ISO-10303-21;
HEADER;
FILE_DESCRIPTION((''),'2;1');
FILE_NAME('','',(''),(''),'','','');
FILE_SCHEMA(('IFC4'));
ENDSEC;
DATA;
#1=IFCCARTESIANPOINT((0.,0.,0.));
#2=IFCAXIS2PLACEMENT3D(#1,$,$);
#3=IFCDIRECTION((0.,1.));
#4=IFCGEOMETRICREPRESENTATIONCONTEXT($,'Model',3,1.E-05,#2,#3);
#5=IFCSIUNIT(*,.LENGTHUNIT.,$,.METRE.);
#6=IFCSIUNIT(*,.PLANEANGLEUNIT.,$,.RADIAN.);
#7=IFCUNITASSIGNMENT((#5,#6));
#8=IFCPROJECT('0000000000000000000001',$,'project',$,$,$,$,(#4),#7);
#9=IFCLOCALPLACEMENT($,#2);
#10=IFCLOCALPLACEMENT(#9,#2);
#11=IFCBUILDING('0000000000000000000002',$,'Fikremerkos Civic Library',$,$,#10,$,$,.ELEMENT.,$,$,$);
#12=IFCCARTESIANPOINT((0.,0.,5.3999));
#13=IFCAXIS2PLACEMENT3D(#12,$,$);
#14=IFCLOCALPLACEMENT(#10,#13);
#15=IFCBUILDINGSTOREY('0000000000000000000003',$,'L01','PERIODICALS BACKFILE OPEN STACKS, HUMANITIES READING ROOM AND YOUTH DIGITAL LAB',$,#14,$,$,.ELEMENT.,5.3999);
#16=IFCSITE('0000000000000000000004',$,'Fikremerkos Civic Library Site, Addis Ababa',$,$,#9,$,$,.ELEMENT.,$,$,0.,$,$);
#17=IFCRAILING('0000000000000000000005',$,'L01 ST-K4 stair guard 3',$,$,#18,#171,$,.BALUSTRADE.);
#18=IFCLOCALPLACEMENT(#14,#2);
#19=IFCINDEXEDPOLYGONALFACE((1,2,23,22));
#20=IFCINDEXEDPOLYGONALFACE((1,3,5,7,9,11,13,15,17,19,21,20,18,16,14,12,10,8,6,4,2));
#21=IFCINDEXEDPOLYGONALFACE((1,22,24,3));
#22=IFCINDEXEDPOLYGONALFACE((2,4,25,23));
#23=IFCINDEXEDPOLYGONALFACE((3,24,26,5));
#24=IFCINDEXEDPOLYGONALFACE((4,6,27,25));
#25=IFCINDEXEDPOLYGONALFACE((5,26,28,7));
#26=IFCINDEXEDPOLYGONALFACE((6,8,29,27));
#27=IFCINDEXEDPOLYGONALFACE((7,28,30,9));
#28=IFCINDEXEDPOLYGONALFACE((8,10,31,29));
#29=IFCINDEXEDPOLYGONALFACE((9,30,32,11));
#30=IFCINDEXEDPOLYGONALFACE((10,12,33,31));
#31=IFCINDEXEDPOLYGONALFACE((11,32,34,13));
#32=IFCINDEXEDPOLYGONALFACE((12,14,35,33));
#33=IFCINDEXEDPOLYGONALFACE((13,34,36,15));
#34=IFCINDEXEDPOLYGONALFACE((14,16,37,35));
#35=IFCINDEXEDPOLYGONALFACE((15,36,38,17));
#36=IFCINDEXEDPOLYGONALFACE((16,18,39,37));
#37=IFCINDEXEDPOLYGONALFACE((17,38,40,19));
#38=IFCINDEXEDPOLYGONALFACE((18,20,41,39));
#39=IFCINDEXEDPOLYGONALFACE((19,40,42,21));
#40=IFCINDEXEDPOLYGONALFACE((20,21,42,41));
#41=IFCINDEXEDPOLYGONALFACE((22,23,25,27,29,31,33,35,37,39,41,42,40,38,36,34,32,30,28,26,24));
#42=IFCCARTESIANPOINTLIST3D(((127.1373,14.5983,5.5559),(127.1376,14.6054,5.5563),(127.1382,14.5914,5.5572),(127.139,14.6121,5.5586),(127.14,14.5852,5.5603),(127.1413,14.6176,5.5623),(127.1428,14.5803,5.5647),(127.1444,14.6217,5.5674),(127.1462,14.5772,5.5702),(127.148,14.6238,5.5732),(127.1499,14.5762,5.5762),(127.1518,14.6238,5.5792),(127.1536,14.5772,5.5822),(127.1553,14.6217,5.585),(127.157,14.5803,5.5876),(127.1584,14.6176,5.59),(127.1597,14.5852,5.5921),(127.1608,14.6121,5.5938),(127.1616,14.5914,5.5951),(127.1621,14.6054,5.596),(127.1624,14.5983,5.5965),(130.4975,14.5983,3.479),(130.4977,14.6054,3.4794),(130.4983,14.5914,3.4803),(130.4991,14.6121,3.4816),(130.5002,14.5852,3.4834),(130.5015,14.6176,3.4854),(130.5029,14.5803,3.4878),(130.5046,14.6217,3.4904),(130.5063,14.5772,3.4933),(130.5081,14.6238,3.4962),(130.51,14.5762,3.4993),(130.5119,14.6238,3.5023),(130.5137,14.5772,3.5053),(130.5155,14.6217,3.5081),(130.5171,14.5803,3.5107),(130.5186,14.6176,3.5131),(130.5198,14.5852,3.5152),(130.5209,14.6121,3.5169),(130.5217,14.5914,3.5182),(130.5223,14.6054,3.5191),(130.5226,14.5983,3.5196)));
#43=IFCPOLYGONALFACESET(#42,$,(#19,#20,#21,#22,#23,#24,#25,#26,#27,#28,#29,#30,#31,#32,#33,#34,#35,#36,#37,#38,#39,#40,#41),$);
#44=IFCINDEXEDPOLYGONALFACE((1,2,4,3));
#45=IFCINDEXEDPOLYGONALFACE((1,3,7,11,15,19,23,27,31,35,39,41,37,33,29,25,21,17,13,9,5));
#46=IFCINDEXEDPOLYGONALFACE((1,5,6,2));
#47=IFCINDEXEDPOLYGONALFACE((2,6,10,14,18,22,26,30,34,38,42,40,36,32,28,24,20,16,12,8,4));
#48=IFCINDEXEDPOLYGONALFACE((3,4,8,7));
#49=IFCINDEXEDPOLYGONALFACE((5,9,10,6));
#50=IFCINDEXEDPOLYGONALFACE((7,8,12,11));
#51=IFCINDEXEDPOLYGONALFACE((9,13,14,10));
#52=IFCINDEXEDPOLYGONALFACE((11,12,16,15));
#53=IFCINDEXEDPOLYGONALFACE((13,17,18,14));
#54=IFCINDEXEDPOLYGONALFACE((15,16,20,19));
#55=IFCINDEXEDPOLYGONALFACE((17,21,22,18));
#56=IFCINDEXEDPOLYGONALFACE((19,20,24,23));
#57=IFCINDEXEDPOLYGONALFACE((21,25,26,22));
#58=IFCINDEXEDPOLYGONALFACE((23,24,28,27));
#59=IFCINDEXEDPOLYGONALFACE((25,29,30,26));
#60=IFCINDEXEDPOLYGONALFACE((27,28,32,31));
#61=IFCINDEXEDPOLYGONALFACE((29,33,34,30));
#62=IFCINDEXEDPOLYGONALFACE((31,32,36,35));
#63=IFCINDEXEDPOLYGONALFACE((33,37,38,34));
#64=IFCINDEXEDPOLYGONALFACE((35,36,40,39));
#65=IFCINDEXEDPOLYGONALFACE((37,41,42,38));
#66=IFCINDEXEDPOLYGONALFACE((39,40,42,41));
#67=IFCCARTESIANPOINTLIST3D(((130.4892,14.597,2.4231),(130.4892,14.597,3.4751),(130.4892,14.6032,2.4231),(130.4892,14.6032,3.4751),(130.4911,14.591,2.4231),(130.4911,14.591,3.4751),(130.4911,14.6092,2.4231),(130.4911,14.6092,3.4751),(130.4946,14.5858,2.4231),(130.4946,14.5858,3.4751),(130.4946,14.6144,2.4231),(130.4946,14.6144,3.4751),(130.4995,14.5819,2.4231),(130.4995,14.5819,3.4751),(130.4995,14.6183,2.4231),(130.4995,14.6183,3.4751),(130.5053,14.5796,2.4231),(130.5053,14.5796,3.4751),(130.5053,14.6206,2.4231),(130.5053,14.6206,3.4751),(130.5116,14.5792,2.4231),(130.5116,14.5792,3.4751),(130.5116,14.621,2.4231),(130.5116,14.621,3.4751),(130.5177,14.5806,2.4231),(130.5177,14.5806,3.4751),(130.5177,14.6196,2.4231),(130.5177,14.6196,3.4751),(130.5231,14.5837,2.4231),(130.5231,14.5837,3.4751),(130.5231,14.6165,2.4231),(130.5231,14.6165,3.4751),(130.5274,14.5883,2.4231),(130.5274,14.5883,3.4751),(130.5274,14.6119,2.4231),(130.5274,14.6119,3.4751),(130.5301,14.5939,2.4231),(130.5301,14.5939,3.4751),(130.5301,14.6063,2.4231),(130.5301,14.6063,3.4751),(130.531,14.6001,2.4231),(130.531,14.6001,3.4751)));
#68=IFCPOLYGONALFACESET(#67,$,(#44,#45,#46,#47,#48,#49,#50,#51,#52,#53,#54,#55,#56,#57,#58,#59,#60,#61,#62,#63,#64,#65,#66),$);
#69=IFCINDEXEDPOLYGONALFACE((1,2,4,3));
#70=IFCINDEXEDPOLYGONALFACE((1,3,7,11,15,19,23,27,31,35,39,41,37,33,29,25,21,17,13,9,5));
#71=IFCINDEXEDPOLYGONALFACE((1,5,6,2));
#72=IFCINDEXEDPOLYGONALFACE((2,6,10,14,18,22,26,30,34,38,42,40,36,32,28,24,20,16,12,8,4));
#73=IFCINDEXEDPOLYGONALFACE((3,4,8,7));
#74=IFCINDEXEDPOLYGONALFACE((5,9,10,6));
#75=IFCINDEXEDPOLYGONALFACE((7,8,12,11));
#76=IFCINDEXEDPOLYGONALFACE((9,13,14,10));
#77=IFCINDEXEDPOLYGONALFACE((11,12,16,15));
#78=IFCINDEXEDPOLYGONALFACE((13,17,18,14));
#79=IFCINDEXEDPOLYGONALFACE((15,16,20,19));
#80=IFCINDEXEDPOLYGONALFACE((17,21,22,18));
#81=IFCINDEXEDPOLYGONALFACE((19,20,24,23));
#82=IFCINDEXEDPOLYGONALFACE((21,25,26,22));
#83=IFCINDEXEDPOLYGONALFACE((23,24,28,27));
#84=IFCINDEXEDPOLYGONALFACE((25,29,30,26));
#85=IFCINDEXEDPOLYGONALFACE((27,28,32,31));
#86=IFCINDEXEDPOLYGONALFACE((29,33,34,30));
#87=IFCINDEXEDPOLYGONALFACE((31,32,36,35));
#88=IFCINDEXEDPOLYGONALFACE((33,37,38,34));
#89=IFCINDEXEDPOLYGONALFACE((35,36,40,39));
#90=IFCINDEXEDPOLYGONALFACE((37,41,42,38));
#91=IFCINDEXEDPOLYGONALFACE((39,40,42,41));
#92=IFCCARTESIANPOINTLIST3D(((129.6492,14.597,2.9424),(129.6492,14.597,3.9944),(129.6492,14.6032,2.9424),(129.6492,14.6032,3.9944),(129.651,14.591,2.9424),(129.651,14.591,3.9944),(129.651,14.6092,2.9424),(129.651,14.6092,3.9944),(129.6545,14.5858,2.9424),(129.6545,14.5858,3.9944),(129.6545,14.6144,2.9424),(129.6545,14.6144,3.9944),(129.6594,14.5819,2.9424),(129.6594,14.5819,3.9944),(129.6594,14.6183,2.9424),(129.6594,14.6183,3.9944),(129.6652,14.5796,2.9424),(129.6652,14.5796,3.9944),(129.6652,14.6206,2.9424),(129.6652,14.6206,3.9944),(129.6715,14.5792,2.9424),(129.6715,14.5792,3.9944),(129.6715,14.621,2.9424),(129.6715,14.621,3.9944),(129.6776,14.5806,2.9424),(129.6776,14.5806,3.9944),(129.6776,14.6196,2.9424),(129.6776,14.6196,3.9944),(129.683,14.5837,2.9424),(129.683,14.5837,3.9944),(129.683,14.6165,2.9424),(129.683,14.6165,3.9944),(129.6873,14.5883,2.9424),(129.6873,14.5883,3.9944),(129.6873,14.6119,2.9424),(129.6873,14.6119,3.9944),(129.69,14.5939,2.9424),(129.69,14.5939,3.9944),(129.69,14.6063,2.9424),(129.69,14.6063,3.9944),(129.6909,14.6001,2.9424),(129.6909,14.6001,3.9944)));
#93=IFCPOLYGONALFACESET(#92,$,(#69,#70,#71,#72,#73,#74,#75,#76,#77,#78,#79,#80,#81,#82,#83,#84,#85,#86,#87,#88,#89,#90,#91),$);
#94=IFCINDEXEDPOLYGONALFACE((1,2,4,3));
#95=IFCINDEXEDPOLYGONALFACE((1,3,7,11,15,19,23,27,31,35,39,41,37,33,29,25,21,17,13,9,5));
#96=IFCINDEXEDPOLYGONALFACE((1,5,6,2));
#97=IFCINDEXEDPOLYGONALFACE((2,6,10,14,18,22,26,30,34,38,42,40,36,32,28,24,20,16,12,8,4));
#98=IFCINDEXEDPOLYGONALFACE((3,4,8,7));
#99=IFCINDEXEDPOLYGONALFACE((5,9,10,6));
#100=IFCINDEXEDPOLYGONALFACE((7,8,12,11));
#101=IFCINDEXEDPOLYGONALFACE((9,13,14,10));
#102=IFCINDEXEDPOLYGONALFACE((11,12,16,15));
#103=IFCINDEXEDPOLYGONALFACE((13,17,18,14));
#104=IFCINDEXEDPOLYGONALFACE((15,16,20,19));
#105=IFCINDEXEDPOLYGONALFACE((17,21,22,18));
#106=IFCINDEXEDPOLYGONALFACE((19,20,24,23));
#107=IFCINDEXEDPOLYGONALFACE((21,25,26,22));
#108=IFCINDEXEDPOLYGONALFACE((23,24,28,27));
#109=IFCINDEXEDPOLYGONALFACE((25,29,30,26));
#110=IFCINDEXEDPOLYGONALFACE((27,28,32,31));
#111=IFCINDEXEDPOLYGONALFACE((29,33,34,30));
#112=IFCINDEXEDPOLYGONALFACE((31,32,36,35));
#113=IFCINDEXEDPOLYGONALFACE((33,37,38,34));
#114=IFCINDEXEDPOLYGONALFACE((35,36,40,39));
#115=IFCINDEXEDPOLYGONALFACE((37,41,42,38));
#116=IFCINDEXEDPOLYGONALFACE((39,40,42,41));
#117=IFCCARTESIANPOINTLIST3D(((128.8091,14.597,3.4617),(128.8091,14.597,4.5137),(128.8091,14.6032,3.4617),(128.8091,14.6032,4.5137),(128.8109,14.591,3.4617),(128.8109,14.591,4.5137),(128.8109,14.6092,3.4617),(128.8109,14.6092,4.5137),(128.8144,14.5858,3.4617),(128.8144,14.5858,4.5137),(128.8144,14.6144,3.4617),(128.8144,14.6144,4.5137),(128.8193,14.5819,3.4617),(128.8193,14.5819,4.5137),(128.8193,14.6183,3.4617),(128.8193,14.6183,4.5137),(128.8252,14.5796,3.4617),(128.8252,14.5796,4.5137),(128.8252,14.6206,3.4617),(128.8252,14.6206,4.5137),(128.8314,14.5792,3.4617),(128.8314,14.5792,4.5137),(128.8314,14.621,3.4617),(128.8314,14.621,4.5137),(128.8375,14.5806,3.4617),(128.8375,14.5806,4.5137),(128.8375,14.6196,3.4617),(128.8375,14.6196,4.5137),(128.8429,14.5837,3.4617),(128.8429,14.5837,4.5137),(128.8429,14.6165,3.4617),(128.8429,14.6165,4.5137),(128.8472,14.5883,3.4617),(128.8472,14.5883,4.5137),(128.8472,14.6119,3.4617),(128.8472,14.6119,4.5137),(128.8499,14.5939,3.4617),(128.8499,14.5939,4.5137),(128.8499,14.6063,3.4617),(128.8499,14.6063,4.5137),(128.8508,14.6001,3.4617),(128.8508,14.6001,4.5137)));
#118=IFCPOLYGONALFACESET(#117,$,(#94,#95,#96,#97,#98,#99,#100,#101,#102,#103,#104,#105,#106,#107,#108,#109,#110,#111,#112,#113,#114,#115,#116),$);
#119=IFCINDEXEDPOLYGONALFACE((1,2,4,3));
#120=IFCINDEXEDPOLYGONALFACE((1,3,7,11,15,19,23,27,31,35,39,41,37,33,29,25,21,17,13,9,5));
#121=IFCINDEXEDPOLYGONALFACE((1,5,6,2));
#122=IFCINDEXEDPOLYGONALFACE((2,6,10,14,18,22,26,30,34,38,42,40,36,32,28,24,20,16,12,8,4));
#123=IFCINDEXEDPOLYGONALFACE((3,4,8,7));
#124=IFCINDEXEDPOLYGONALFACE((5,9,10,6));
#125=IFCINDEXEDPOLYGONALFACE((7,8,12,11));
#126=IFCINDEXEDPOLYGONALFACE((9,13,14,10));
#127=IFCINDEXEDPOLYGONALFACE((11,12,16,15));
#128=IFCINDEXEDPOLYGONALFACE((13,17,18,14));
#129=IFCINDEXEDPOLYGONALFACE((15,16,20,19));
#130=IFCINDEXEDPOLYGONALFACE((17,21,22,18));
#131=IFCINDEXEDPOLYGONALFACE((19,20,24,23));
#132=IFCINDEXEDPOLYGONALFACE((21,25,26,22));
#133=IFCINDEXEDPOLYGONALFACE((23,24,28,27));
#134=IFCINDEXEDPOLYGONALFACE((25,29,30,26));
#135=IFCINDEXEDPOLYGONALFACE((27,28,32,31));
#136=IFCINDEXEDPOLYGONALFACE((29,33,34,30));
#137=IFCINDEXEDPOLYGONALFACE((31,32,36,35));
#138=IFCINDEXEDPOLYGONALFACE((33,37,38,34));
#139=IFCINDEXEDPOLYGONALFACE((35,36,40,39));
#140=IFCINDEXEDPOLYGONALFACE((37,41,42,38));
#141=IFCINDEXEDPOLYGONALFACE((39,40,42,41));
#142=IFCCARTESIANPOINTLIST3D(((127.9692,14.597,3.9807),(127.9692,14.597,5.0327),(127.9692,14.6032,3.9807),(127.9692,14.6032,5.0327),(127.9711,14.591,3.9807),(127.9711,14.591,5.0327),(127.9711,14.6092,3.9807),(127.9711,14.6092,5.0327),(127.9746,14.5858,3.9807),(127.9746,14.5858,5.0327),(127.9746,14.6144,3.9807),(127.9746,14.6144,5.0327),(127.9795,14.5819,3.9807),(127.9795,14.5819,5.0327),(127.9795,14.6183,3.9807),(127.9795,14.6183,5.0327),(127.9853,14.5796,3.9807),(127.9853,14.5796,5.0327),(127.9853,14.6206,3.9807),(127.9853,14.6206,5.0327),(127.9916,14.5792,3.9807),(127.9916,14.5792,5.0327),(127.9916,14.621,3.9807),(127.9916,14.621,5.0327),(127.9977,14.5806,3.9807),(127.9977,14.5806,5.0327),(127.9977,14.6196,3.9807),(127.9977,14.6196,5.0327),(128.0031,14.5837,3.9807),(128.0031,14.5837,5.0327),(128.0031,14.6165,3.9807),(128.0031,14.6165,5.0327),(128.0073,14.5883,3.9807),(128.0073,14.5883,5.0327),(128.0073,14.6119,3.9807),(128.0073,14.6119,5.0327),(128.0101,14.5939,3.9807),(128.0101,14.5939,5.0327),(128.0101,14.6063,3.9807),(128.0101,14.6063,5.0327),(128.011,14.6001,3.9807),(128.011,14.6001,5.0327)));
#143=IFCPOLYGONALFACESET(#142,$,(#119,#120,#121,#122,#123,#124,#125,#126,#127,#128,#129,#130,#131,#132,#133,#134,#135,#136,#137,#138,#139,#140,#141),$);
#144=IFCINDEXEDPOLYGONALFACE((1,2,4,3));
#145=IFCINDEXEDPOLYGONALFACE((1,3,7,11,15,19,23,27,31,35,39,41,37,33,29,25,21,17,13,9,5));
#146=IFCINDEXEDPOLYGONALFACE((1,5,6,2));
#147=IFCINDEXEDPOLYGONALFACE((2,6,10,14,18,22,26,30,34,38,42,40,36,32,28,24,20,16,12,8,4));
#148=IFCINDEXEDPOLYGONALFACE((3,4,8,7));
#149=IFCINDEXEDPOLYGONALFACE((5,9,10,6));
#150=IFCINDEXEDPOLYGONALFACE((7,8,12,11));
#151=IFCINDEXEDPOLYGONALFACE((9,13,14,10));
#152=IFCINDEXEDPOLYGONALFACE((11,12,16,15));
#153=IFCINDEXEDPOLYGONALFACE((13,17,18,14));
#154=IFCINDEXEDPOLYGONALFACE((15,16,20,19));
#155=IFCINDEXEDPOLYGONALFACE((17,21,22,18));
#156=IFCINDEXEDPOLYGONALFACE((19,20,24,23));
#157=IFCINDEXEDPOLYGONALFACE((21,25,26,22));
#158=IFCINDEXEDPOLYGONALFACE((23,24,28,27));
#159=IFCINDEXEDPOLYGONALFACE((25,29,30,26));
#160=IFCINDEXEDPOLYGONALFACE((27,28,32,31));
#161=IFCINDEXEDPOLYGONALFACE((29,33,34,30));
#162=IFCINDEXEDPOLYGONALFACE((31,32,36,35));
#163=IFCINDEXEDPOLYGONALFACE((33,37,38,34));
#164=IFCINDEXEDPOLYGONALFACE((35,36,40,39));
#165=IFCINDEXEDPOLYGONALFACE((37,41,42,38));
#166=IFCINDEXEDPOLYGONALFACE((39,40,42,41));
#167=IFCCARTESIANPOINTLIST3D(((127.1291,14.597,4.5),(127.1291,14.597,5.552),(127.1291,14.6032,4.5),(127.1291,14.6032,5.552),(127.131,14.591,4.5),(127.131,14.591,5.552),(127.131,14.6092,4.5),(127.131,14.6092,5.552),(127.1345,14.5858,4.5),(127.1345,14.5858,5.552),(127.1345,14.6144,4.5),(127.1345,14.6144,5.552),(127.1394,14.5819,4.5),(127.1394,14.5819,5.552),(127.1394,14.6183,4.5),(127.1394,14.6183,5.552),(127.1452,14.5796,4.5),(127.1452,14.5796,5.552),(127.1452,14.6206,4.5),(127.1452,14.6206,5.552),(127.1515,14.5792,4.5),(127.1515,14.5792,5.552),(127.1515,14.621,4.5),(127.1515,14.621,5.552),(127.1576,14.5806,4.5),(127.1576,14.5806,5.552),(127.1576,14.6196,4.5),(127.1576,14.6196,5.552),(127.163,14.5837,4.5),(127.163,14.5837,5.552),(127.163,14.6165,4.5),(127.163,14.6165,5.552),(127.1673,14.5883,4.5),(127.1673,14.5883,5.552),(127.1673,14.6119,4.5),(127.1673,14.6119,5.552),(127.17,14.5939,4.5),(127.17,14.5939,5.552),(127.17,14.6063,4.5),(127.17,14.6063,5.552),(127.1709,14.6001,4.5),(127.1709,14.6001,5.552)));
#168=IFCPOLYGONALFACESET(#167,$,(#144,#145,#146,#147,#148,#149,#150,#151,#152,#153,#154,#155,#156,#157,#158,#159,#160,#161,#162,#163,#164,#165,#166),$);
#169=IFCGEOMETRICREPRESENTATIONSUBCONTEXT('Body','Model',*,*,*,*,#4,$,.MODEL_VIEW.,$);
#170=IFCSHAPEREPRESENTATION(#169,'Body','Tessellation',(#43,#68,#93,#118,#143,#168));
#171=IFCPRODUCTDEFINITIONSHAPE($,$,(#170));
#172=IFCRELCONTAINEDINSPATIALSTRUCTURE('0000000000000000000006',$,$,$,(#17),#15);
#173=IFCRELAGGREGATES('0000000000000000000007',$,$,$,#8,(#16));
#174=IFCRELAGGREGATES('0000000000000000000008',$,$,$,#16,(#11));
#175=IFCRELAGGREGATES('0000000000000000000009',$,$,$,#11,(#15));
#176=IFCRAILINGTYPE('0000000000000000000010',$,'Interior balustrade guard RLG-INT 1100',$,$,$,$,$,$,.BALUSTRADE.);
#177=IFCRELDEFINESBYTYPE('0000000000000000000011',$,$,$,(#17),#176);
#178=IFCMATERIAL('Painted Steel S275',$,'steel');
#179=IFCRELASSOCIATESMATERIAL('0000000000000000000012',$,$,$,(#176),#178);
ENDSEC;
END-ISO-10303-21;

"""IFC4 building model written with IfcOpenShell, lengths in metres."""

from ifc_helpers import new_model, si_unit, direction, frame, origin, origin_2d, place, context, subcontext, project, spatial, circle, extrude, material, type_object, element, save


model = new_model("IFC4")

# Units and contexts
model_context = context("Model", 3, precision=1e-05, world=origin(), true_north=direction((0.0, 1.0)))
body_context = subcontext(model_context, "Body", "Model", "MODEL_VIEW")
ifc_project = project(units=[si_unit("LENGTHUNIT", "METRE"), si_unit("PLANEANGLEUNIT", "RADIAN")], contexts=[model_context])

# Site, building, storey
site_placement = place(None, origin())
site = spatial("IfcSite", under=ifc_project, at=site_placement, Name="Fikremerkos Civic Library Site, Addis Ababa", CompositionType="ELEMENT", RefElevation=0.0)
building_placement = place(site_placement, origin())
building = spatial("IfcBuilding", under=site, at=building_placement, Name="Fikremerkos Civic Library", CompositionType="ELEMENT")
storey_placement = place(building_placement, frame((0.0, 0.0, 5.3999)))
storey = spatial("IfcBuildingStorey", under=building, at=storey_placement, Name="L01", Description="PERIODICALS BACKFILE OPEN STACKS, HUMANITIES READING ROOM AND YOUTH DIGITAL LAB", CompositionType="ELEMENT", Elevation=5.3999)

# Railing
ifc_material_1 = material(Name="Painted Steel S275", Category="steel")
railing_type_1 = type_object("IfcRailingType", Name="Interior balustrade guard RLG-INT 1100", PredefinedType="BALUSTRADE", material=ifc_material_1)
railing_1_placement = place(storey_placement, frame((130.51, 14.6001, 2.4231)))
element("IfcRailing", 1, at=railing_1_placement, inside=storey, type_object=railing_type_1, Name="L01 ST-K4 stair guard 3", PredefinedType="BALUSTRADE", context=body_context, shape_type="SweptSolid", body=[
    extrude(circle(Radius=0.0239, at=origin_2d()), frame((0.0, 0.0, 1.0762), z_axis=(-0.850623, 0.0, 0.525776), x_axis=(0.0, -1.0, 0.0)), (0.0, 0.0, 1.0), 3.9502),
    extrude(circle(Radius=0.021, at=origin_2d()), origin(), (0.0, 0.0, 1.0), 1.052),
    extrude(circle(Radius=0.021, at=origin_2d()), frame((-0.8401, 0.0, 0.5193)), (0.0, 0.0, 1.0), 1.052),
    extrude(circle(Radius=0.021, at=origin_2d()), frame((-1.6802, 0.0, 1.0386)), (0.0, 0.0, 1.0), 1.052),
    extrude(circle(Radius=0.021, at=origin_2d()), frame((-2.52, 0.0, 1.5576)), (0.0, 0.0, 1.0), 1.052),
    extrude(circle(Radius=0.021, at=origin_2d()), frame((-3.3601, 0.0, 2.0769)), (0.0, 0.0, 1.0), 1.052),
])

save(model, "model.ifc")
